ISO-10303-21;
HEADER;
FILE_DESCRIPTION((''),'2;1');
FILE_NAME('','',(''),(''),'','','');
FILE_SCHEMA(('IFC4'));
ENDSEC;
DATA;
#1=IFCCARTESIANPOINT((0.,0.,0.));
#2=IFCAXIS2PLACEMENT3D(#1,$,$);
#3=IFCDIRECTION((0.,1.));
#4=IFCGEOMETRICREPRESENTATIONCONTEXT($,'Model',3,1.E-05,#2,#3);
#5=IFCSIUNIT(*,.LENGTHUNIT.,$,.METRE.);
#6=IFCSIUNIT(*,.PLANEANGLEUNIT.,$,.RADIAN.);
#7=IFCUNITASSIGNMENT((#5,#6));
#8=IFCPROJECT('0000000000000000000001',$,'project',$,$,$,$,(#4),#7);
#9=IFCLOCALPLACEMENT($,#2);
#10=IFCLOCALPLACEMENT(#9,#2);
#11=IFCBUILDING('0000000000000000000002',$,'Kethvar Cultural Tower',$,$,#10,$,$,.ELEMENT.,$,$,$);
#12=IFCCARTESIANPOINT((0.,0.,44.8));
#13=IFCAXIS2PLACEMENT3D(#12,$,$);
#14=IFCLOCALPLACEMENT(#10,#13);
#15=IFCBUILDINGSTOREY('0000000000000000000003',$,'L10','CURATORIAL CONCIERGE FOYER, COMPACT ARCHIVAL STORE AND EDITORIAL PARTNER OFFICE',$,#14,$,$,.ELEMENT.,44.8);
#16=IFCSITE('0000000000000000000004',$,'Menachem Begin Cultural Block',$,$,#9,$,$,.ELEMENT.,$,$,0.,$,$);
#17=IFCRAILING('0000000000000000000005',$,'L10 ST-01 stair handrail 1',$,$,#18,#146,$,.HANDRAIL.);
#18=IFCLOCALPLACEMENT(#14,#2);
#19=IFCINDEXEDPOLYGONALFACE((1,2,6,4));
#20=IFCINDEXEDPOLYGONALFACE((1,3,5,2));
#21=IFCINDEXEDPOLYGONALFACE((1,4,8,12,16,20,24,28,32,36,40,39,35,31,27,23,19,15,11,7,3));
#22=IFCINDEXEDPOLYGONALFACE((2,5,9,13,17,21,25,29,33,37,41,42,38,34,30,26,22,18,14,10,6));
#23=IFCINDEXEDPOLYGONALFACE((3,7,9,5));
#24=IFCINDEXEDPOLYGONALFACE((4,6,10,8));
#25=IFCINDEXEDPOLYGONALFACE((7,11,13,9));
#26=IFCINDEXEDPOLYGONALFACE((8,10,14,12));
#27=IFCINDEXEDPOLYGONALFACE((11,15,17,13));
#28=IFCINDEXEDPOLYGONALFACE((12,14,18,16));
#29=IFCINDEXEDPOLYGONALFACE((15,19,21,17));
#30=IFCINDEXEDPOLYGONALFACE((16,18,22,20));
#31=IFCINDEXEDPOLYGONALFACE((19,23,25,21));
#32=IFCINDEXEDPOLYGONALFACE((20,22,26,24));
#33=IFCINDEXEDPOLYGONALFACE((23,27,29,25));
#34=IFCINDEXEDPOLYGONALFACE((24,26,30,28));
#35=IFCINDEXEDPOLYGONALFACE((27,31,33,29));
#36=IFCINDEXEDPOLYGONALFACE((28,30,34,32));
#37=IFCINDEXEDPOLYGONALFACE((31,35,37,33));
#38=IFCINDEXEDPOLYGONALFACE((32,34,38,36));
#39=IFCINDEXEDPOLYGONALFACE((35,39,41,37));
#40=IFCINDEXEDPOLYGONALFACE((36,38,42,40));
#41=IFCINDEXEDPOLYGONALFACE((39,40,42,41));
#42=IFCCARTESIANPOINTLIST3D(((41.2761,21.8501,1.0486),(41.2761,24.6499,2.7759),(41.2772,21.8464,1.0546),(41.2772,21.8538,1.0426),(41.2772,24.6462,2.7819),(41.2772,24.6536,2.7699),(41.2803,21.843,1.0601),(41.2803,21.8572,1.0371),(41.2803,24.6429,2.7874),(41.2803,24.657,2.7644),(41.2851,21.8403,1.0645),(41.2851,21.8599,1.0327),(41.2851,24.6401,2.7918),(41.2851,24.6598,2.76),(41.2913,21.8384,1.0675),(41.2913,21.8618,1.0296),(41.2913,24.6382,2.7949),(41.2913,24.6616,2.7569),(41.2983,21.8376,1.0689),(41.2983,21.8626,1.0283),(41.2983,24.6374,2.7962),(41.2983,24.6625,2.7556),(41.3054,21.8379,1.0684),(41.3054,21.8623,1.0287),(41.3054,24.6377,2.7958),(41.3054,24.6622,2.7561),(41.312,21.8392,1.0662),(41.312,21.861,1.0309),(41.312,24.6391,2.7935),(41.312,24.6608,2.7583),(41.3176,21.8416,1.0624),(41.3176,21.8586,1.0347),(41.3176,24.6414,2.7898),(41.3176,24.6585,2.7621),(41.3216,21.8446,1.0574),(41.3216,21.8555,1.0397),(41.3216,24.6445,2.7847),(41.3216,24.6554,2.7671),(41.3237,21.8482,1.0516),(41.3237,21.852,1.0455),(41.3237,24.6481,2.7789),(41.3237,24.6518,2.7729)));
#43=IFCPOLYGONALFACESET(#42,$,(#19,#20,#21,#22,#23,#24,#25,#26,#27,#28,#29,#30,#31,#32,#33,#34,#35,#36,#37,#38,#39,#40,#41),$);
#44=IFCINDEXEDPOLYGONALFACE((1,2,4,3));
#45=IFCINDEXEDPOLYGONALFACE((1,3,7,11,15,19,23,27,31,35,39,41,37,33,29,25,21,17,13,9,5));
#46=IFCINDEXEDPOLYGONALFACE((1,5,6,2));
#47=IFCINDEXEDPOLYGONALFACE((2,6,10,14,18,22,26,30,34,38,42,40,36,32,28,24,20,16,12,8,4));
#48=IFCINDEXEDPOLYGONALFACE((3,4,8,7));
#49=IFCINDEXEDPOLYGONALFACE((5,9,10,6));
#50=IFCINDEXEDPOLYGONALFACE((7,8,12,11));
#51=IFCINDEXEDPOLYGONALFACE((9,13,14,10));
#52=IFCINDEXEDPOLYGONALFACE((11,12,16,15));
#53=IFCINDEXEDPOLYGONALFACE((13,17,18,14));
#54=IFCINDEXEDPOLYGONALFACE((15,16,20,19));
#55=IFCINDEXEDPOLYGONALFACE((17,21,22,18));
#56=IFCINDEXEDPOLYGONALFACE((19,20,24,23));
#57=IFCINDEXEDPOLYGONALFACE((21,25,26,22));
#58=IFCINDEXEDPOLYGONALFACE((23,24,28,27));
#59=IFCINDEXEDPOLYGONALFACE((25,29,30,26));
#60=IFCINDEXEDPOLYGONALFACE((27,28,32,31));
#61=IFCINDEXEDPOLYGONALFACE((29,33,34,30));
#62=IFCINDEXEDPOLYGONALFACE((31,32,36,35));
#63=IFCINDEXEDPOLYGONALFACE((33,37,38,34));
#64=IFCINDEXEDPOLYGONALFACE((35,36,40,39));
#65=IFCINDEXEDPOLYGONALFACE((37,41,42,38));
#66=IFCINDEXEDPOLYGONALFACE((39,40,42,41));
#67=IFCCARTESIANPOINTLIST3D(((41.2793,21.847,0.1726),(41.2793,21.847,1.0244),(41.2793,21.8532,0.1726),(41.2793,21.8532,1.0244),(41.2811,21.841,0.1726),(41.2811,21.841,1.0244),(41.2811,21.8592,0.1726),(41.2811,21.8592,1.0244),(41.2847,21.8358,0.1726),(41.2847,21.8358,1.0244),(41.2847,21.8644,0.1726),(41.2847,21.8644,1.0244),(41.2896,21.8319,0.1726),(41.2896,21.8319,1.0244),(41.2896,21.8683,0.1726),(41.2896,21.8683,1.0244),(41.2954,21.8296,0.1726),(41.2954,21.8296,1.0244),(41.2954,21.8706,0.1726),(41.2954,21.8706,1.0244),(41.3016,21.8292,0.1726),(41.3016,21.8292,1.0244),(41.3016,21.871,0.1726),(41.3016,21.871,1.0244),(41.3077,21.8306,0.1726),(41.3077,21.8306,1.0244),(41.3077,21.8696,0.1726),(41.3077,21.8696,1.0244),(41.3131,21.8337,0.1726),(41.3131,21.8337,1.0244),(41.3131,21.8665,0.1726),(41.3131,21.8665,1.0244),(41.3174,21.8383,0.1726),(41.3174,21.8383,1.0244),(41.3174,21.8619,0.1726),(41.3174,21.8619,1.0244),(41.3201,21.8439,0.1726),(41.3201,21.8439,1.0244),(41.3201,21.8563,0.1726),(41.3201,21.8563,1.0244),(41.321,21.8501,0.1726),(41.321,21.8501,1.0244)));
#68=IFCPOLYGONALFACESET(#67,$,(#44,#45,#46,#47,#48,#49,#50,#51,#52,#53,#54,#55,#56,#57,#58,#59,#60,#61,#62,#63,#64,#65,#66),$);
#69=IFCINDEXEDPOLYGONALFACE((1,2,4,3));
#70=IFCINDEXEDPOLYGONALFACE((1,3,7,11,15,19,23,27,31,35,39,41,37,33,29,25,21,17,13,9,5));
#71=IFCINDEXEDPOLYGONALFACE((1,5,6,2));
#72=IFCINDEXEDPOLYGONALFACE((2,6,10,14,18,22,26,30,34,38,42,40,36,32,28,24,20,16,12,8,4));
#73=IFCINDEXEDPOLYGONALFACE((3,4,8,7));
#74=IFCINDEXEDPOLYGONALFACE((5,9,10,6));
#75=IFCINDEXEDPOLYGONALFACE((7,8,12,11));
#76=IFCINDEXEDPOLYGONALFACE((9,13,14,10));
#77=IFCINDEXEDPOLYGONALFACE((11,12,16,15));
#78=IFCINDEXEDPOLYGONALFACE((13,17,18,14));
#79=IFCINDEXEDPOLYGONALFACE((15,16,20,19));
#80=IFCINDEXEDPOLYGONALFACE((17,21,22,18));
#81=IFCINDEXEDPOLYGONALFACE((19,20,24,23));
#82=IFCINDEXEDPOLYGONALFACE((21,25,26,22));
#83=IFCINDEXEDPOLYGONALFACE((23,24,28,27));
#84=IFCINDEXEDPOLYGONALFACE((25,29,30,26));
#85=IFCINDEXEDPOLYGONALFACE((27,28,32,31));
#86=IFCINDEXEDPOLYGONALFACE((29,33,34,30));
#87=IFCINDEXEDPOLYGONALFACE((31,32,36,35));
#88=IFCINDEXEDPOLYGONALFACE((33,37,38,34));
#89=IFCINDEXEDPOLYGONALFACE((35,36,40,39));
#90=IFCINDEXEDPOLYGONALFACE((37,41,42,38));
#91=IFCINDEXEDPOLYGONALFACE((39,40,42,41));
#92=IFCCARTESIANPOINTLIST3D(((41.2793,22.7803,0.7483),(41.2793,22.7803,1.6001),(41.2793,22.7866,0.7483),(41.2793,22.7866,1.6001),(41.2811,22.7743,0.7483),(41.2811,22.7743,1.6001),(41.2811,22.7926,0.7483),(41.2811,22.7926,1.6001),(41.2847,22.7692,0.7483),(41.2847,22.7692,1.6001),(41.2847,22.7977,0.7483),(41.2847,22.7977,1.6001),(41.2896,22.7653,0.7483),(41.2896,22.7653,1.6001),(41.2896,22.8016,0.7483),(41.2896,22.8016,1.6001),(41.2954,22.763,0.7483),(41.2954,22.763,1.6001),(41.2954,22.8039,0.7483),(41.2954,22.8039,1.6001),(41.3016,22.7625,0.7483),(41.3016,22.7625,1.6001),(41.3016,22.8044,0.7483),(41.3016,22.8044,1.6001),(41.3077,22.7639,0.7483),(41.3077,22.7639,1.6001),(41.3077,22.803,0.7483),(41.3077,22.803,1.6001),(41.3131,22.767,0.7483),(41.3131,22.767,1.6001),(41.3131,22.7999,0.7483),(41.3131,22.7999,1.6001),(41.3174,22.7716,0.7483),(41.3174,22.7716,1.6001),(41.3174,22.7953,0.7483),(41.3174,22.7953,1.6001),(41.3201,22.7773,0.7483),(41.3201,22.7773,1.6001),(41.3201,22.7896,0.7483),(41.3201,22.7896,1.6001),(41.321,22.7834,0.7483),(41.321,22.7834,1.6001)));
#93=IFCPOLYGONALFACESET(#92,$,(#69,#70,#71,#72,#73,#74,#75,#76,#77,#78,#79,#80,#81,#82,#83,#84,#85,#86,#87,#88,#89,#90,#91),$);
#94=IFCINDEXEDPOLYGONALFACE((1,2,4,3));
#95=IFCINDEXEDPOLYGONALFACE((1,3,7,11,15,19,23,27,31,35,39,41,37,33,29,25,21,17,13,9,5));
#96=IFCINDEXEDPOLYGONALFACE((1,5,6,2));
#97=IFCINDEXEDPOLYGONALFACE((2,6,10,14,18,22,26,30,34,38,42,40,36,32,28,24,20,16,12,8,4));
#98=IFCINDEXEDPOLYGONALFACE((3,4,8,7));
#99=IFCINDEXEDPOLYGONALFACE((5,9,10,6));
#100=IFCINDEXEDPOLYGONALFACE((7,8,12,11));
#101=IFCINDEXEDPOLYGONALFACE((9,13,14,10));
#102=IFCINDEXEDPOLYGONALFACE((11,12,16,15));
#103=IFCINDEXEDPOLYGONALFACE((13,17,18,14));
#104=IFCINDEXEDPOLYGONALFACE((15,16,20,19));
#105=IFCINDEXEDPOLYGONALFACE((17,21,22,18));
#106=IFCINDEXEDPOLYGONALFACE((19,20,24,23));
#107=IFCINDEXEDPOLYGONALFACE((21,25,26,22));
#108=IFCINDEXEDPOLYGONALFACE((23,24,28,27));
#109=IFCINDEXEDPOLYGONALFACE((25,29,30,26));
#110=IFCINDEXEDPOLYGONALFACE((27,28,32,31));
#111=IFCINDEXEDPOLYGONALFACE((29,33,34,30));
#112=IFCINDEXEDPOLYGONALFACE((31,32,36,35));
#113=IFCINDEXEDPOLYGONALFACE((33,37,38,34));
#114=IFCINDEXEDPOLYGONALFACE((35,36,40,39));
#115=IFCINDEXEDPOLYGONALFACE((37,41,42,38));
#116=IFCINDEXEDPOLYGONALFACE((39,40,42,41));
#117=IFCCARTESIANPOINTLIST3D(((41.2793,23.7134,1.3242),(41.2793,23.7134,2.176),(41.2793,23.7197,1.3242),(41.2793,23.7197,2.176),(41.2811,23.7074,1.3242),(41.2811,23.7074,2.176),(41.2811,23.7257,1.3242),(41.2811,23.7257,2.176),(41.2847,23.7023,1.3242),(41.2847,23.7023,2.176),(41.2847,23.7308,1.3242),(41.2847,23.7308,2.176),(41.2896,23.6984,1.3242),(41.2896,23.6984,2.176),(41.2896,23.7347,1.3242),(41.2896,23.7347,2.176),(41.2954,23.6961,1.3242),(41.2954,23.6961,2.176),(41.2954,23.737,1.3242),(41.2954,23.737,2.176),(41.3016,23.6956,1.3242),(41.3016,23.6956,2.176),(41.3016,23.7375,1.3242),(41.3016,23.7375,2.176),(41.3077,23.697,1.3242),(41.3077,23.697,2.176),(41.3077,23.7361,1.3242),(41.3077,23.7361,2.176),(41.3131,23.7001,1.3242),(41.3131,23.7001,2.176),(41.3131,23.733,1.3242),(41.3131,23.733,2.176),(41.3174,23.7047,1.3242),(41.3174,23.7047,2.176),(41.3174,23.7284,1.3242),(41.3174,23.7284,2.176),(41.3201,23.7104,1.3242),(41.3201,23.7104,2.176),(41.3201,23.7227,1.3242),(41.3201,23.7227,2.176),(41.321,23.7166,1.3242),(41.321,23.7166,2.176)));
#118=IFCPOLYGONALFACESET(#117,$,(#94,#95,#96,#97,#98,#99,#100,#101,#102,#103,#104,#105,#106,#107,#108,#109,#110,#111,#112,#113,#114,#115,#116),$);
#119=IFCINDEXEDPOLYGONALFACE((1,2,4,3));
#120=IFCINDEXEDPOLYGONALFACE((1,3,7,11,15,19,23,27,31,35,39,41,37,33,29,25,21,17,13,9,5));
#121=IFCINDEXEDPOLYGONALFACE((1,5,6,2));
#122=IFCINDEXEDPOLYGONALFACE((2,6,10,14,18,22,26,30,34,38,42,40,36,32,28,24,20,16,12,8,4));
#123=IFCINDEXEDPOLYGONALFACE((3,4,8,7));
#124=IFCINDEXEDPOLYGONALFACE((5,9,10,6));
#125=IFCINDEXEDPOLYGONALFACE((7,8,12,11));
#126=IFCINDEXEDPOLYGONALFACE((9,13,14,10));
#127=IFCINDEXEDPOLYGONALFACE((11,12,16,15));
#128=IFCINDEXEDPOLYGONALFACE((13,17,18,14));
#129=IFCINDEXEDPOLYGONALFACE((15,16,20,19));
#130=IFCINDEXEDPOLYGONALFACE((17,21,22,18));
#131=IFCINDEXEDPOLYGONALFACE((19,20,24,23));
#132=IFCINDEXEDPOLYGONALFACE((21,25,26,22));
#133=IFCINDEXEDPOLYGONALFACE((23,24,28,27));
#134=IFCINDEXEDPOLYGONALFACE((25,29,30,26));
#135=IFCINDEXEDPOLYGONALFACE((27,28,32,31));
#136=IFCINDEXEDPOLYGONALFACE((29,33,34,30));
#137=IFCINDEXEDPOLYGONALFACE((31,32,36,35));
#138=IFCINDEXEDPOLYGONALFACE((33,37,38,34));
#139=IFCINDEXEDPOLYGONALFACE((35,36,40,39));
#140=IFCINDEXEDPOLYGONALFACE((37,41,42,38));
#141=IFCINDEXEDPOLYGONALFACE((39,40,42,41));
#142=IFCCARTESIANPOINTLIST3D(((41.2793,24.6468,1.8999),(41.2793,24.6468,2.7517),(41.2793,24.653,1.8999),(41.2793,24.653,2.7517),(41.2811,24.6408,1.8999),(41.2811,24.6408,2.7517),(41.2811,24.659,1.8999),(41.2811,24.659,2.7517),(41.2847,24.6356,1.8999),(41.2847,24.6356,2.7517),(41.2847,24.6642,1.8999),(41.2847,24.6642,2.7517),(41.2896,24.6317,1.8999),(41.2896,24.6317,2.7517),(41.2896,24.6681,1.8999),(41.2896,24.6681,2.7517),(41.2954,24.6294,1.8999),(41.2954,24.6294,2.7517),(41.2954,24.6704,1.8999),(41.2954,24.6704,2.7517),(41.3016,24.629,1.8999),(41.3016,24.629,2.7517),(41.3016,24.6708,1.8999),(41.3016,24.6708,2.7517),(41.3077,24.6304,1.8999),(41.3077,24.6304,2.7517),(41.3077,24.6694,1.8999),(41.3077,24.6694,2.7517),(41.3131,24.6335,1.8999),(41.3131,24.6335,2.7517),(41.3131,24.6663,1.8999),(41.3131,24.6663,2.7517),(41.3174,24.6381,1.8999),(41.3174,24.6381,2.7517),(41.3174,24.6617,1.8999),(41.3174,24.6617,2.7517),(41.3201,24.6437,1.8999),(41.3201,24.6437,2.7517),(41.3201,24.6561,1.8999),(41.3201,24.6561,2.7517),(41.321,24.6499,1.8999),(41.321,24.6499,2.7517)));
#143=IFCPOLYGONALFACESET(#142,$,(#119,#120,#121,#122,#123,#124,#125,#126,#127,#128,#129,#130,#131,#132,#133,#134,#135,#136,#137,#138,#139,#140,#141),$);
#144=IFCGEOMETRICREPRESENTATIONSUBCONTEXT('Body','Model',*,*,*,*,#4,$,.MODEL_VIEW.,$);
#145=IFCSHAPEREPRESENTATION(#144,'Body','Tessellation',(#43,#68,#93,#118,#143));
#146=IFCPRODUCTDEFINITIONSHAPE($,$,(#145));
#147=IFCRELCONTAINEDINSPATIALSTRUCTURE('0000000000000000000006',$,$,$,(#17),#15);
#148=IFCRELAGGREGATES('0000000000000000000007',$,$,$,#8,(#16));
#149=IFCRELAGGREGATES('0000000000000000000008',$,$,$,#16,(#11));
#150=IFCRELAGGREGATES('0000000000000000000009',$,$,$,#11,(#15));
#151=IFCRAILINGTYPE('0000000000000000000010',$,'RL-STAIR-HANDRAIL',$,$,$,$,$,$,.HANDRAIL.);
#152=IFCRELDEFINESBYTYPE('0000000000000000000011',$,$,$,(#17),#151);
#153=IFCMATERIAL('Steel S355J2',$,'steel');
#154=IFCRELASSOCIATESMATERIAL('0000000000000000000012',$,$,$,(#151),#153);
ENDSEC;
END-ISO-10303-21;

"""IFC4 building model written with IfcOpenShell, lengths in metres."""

from ifc_helpers import new_model, si_unit, direction, frame, origin, origin_2d, place, context, subcontext, project, spatial, circle, extrude, material, type_object, element, save


model = new_model("IFC4")

# Units and contexts
model_context = context("Model", 3, precision=1e-05, world=origin(), true_north=direction((0.0, 1.0)))
body_context = subcontext(model_context, "Body", "Model", "MODEL_VIEW")
ifc_project = project(units=[si_unit("LENGTHUNIT", "METRE"), si_unit("PLANEANGLEUNIT", "RADIAN")], contexts=[model_context])

# Site, building, storey
site_placement = place(None, origin())
site = spatial("IfcSite", under=ifc_project, at=site_placement, Name="Menachem Begin Cultural Block", CompositionType="ELEMENT", RefElevation=0.0)
building_placement = place(site_placement, origin())
building = spatial("IfcBuilding", under=site, at=building_placement, Name="Kethvar Cultural Tower", CompositionType="ELEMENT")
storey_placement = place(building_placement, frame((0.0, 0.0, 44.8)))
storey = spatial("IfcBuildingStorey", under=building, at=storey_placement, Name="L10", Description="CURATORIAL CONCIERGE FOYER, COMPACT ARCHIVAL STORE AND EDITORIAL PARTNER OFFICE", CompositionType="ELEMENT", Elevation=44.8)

# Shared definitions
ifc_material_1 = material(Name="Steel S355J2", Category="steel")

# Railing
railing_type_1 = type_object("IfcRailingType", Name="RL-STAIR-HANDRAIL", PredefinedType="HANDRAIL", material=ifc_material_1)
railing_1_placement = place(storey_placement, frame((41.3, 21.8501, 0.1726)))
element("IfcRailing", 1, at=railing_1_placement, inside=storey, type_object=railing_type_1, Name="L10 ST-01 stair handrail 1", PredefinedType="HANDRAIL", context=body_context, shape_type="SweptSolid", body=[
    extrude(circle(Radius=0.0239, at=origin_2d()), frame((0.0, 0.0, 0.876), z_axis=(0.0, 0.851069, 0.525054), x_axis=(-1.0, 0.0, 0.0)), (0.0, 0.0, 1.0), 3.2898),
    extrude(circle(Radius=0.021, at=origin_2d()), origin(), (0.0, 0.0, 1.0), 0.8518),
    extrude(circle(Radius=0.021, at=origin_2d()), frame((0.0, 0.9333, 0.5757)), (0.0, 0.0, 1.0), 0.8518),
    extrude(circle(Radius=0.021, at=origin_2d()), frame((0.0, 1.8665, 1.1516)), (0.0, 0.0, 1.0), 0.8518),
    extrude(circle(Radius=0.021, at=origin_2d()), frame((0.0, 2.7998, 1.7273)), (0.0, 0.0, 1.0), 0.8518),
])

save(model, "model.ifc")
